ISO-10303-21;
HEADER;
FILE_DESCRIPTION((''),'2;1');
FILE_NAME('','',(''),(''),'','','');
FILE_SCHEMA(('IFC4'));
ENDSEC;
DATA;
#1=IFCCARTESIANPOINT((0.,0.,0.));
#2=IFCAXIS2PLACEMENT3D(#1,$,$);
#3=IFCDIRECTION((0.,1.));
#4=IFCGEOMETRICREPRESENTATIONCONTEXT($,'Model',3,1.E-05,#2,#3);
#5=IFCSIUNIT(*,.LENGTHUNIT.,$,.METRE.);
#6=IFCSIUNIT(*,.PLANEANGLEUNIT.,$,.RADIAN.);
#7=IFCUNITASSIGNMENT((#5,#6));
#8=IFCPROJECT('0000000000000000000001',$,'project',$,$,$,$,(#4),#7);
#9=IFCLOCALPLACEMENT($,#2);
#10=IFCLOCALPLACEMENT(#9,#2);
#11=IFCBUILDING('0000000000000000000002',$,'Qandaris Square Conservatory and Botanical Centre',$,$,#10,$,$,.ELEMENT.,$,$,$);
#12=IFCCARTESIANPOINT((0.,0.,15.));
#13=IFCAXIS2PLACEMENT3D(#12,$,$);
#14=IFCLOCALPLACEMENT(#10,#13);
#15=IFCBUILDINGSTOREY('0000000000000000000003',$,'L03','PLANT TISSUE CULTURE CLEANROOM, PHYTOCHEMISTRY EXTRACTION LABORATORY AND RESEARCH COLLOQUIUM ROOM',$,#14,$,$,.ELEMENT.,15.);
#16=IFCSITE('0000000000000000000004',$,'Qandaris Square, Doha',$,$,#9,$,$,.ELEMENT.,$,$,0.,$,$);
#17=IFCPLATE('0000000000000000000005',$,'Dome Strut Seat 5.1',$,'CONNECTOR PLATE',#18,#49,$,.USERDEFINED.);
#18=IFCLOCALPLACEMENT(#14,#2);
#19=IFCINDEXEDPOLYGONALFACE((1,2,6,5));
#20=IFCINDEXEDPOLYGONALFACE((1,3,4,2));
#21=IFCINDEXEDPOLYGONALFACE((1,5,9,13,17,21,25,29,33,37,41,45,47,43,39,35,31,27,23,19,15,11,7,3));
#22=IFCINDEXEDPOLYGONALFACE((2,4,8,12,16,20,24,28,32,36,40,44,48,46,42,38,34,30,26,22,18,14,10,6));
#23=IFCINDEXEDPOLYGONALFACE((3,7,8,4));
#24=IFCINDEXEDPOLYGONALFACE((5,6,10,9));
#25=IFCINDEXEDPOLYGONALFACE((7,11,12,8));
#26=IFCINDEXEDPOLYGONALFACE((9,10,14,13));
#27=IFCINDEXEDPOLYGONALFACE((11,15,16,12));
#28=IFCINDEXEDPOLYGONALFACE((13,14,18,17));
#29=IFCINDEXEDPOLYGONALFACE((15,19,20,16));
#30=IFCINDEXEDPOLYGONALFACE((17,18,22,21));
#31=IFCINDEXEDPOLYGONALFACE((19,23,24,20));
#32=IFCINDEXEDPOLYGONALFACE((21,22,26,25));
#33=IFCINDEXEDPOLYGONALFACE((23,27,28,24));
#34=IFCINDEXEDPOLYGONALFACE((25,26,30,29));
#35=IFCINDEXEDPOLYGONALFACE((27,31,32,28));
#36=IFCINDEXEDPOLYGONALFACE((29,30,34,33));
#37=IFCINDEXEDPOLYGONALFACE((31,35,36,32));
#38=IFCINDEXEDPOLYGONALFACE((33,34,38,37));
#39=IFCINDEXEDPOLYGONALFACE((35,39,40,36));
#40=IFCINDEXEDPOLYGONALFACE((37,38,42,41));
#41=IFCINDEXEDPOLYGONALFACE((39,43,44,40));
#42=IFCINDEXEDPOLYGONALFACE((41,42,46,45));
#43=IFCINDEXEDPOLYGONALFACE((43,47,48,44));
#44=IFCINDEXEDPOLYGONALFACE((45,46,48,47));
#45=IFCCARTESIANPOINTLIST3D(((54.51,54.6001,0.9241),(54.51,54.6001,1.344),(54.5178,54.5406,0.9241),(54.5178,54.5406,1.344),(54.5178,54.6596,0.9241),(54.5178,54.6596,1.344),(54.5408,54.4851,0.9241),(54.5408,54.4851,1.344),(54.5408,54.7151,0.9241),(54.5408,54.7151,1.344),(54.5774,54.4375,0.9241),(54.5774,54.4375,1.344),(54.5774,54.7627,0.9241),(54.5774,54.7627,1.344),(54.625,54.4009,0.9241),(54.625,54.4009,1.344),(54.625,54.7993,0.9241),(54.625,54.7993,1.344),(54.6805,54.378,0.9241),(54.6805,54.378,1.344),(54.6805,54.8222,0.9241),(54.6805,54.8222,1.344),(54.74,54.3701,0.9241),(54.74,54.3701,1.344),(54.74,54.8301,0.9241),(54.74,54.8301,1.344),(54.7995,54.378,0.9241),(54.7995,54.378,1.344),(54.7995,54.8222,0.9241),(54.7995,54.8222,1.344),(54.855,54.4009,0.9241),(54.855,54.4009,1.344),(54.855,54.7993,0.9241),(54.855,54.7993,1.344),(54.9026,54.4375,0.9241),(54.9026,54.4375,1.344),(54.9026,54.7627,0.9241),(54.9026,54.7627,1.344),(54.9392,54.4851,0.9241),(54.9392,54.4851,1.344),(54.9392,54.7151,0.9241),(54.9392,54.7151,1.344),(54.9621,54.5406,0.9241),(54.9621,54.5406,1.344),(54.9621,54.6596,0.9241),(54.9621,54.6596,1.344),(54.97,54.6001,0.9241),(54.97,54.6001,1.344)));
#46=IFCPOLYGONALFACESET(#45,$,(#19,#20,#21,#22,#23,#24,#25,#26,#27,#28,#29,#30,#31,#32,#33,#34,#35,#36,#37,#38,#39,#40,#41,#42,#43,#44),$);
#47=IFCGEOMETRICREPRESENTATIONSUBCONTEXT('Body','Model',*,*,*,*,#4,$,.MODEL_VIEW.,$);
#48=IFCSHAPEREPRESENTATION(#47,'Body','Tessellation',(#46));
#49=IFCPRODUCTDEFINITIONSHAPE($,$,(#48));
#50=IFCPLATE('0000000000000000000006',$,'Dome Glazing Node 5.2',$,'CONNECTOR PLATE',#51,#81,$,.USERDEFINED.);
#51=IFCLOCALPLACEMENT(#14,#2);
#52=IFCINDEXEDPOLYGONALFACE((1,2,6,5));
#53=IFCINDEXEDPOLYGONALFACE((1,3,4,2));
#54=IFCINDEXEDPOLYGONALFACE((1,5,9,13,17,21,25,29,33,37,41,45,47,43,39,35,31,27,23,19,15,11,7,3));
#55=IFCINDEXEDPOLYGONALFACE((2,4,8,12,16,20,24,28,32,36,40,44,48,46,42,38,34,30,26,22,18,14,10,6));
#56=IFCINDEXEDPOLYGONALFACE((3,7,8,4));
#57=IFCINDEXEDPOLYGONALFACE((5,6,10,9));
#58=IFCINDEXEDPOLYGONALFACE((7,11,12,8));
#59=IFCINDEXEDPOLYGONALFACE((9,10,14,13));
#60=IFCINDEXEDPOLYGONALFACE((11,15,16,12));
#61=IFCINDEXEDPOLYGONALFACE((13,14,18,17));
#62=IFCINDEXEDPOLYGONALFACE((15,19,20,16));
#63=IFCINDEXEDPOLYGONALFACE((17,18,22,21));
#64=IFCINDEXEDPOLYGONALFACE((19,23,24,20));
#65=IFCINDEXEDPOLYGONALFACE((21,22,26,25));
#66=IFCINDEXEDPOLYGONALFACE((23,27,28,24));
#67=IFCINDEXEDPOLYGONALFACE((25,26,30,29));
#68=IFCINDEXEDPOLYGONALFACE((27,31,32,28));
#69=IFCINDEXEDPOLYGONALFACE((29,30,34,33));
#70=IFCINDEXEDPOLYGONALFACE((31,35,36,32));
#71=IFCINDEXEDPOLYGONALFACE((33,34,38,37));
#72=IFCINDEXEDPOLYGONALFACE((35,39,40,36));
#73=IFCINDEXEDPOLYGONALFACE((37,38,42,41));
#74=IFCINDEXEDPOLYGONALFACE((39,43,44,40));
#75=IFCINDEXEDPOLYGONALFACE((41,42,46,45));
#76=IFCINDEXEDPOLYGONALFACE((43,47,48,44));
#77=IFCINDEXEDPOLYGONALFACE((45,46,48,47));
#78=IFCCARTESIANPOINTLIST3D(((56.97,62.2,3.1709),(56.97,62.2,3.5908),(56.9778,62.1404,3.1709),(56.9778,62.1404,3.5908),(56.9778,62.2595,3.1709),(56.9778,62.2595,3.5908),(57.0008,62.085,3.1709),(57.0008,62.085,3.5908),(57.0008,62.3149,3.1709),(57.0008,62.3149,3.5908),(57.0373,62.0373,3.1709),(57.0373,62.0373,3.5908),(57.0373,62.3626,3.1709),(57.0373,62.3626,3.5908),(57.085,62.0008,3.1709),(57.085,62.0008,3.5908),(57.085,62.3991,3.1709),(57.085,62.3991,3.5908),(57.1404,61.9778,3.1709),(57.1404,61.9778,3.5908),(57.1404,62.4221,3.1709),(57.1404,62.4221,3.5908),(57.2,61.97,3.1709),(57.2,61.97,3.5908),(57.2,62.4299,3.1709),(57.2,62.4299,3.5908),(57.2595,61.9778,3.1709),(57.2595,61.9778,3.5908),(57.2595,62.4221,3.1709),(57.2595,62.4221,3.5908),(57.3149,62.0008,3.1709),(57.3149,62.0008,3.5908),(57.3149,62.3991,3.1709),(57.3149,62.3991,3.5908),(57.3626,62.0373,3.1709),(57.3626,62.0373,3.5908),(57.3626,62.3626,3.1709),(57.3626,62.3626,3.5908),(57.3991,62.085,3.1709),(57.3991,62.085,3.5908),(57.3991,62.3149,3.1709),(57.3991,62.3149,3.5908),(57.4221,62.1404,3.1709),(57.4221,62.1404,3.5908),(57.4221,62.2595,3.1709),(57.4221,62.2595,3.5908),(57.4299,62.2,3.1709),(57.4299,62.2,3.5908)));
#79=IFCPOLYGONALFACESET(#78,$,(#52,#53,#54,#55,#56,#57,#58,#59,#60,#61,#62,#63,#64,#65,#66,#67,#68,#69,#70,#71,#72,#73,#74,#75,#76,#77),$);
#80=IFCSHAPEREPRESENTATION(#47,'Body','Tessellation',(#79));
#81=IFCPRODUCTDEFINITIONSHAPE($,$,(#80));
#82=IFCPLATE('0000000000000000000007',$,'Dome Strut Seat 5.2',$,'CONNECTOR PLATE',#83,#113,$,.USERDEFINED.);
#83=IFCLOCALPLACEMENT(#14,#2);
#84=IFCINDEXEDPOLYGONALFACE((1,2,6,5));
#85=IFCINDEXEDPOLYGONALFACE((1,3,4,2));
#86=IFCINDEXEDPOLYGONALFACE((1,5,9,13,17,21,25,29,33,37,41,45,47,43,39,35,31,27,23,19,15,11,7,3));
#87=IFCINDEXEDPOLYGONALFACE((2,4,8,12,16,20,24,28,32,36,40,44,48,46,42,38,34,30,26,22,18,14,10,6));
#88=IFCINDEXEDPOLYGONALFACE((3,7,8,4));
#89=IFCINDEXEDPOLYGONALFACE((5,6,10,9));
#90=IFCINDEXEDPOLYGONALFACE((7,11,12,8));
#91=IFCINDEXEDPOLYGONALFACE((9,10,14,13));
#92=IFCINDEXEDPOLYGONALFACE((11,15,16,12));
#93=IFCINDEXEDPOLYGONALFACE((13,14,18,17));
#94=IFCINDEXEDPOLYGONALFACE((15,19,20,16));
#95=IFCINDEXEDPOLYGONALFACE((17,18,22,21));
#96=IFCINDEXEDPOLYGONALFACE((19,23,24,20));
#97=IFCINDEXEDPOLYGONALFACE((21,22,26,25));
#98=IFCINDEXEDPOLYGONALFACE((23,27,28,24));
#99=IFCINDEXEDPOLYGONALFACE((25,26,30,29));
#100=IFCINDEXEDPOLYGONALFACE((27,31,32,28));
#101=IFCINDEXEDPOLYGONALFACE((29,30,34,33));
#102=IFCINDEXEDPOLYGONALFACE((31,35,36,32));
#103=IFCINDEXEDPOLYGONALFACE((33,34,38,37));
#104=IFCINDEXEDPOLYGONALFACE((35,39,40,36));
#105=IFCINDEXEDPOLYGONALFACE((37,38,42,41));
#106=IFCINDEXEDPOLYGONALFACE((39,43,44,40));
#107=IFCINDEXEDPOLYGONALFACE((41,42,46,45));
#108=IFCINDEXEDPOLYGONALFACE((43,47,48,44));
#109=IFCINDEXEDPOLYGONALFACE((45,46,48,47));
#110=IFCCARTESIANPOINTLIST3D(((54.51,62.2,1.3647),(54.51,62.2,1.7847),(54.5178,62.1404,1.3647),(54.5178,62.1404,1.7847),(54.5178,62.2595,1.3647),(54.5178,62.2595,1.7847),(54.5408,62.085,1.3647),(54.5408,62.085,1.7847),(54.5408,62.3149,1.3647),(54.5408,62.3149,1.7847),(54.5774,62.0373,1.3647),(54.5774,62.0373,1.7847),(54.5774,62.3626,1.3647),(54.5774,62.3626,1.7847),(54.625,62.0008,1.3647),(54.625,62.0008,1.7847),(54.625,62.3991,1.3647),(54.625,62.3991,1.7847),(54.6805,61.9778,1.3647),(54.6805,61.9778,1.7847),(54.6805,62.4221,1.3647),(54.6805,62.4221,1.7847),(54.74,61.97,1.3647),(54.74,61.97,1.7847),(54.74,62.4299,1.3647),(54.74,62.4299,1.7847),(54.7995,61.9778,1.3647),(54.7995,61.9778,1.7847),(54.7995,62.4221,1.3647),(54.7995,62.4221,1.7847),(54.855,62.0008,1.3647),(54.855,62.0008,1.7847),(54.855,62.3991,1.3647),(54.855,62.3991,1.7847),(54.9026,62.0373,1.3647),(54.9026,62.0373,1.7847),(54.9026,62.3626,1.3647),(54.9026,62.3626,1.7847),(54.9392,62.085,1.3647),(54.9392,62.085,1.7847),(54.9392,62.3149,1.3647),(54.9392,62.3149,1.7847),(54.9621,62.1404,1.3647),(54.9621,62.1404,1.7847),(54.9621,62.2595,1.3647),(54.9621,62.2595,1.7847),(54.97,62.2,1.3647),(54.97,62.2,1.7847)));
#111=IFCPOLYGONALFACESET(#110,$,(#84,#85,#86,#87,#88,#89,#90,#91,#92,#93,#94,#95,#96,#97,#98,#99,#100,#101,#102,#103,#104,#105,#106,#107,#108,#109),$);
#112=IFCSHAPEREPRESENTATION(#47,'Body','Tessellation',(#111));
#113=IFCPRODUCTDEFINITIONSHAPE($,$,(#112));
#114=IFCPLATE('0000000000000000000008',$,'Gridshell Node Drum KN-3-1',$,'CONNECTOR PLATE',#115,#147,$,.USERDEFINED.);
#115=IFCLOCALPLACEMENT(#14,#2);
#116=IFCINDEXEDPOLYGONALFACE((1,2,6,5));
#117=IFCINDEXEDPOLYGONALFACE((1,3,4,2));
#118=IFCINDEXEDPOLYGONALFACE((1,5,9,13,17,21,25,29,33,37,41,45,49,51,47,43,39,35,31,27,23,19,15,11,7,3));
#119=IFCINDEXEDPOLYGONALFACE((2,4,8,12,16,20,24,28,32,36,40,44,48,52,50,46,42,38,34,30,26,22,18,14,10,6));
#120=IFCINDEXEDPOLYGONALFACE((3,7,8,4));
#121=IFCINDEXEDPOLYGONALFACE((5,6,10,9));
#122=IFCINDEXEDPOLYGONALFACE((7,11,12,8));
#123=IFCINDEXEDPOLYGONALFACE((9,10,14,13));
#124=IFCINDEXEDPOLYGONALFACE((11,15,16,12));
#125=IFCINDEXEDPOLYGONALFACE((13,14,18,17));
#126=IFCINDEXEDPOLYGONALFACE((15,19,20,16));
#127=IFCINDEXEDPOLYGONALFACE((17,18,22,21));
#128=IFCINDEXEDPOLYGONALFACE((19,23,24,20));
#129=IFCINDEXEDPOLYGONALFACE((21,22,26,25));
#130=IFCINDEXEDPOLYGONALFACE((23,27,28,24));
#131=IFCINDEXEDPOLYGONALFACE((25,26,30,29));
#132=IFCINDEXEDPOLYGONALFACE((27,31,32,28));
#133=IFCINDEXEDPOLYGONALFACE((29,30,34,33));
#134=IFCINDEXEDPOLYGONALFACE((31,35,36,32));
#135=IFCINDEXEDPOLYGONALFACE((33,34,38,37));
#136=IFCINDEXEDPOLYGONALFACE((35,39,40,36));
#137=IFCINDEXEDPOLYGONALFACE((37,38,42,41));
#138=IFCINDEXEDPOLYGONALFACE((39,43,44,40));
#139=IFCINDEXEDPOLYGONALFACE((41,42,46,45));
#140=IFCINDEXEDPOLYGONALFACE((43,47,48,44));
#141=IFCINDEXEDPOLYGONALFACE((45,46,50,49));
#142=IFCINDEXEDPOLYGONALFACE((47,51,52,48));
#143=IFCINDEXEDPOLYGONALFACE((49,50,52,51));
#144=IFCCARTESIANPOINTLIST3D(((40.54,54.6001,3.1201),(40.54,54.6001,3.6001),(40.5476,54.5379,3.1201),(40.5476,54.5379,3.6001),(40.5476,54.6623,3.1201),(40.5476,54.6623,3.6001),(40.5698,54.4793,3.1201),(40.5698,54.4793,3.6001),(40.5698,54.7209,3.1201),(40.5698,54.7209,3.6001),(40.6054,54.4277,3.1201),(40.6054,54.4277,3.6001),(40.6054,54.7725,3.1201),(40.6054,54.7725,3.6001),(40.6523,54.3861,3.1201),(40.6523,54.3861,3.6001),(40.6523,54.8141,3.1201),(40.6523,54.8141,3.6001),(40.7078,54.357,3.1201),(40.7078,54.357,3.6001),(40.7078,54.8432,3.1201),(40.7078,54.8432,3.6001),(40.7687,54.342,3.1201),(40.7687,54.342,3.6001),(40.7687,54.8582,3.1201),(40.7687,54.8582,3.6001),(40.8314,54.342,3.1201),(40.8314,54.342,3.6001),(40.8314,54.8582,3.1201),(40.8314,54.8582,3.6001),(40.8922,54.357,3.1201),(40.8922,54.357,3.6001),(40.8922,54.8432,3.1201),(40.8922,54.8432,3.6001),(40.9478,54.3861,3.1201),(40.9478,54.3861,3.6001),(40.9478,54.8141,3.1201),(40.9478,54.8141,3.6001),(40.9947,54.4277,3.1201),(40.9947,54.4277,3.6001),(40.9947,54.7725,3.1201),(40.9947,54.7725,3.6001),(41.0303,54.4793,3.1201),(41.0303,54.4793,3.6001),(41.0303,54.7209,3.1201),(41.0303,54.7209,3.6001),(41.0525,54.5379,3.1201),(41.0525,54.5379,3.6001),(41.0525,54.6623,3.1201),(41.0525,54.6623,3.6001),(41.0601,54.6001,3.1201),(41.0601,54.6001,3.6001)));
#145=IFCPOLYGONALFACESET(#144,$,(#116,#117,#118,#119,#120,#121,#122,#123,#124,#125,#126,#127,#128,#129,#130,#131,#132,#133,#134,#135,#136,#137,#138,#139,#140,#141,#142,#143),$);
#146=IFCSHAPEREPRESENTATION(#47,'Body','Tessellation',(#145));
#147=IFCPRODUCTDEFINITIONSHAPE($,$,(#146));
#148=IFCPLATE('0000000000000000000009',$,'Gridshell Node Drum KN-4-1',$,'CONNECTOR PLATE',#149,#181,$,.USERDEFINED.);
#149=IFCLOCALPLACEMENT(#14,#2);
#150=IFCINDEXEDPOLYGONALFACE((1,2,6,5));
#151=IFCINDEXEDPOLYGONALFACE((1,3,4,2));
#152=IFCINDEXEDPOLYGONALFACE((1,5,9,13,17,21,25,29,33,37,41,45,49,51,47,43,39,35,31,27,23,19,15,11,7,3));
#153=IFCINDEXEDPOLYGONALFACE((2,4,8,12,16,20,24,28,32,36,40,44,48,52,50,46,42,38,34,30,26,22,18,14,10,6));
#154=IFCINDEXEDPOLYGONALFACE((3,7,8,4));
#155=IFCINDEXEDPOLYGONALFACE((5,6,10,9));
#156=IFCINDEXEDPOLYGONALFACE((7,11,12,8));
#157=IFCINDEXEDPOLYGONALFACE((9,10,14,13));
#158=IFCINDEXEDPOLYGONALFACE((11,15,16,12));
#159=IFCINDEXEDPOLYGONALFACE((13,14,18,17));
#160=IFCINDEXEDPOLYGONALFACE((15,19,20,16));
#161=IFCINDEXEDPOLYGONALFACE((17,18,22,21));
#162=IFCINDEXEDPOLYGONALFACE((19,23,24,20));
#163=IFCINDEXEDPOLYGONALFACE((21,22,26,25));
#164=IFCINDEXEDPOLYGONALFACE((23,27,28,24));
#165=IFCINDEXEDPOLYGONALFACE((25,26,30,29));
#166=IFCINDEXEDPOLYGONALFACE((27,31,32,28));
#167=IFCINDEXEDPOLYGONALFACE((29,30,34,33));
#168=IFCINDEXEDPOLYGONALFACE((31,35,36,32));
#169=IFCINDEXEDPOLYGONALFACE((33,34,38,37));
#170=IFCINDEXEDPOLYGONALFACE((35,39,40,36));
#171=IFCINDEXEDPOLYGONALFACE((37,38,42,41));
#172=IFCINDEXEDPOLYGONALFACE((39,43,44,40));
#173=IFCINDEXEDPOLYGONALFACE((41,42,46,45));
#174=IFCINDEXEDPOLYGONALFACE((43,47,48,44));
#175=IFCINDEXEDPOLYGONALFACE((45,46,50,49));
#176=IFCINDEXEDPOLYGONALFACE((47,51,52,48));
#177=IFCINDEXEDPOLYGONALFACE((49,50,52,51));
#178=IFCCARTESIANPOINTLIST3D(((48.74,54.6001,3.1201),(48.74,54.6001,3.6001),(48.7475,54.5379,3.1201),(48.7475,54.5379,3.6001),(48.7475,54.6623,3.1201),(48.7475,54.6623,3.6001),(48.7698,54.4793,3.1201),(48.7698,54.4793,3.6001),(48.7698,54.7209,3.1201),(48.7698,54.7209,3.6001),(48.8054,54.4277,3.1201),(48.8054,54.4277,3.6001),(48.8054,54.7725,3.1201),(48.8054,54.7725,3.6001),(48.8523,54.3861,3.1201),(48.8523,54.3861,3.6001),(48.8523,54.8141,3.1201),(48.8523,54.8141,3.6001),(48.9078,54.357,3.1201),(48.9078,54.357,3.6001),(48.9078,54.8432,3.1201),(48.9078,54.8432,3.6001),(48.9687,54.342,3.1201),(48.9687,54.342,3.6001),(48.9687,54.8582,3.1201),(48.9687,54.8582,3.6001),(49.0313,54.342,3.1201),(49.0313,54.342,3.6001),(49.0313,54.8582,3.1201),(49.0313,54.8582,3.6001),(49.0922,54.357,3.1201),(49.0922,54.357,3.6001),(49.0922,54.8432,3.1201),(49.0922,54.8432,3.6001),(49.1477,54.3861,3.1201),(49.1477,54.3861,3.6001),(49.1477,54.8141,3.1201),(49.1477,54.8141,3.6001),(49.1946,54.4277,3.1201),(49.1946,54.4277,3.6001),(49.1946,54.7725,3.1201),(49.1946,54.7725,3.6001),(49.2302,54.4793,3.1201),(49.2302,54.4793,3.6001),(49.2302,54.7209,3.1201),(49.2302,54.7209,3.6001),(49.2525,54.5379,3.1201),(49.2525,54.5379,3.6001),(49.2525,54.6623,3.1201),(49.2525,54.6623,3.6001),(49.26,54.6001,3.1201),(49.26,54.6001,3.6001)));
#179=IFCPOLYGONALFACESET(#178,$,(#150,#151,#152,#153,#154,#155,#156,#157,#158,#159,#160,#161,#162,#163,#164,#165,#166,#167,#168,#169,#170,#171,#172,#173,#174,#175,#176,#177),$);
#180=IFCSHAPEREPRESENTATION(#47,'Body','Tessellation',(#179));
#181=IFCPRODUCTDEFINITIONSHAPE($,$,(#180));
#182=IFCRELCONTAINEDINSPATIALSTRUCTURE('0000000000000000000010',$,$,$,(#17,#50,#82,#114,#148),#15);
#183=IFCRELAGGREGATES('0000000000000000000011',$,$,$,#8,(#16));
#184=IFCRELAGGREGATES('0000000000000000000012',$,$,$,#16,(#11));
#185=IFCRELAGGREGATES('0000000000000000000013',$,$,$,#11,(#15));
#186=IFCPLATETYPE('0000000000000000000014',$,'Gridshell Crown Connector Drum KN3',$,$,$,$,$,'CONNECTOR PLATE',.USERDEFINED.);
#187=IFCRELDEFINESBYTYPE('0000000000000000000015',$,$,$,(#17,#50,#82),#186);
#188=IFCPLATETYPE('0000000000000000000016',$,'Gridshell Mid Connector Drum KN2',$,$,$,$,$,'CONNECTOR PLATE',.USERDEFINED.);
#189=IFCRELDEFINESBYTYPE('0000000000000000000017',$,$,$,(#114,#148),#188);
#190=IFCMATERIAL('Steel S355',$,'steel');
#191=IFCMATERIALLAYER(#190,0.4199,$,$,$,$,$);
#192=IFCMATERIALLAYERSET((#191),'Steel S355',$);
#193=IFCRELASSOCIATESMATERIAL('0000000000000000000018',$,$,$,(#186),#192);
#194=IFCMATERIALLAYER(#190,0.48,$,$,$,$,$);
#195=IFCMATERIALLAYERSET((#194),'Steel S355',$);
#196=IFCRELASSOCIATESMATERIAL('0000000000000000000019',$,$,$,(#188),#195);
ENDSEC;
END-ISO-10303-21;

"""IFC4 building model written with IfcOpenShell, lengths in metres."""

from ifc_helpers import new_model, si_unit, direction, frame, origin, origin_2d, place, context, subcontext, project, spatial, circle, extrude, material, layer, layer_set, type_object, element, save


model = new_model("IFC4")

# Units and contexts
model_context = context("Model", 3, precision=1e-05, world=origin(), true_north=direction((0.0, 1.0)))
body_context = subcontext(model_context, "Body", "Model", "MODEL_VIEW")
ifc_project = project(units=[si_unit("LENGTHUNIT", "METRE"), si_unit("PLANEANGLEUNIT", "RADIAN")], contexts=[model_context])

# Site, building, storey
site_placement = place(None, origin())
site = spatial("IfcSite", under=ifc_project, at=site_placement, Name="Qandaris Square, Doha", CompositionType="ELEMENT", RefElevation=0.0)
building_placement = place(site_placement, origin())
building = spatial("IfcBuilding", under=site, at=building_placement, Name="Qandaris Square Conservatory and Botanical Centre", CompositionType="ELEMENT")
storey_placement = place(building_placement, frame((0.0, 0.0, 15.0)))
storey = spatial("IfcBuildingStorey", under=building, at=storey_placement, Name="L03", Description="PLANT TISSUE CULTURE CLEANROOM, PHYTOCHEMISTRY EXTRACTION LABORATORY AND RESEARCH COLLOQUIUM ROOM", CompositionType="ELEMENT", Elevation=15.0)

# Shared definitions
ifc_material_1 = material(Name="Steel S355", Category="steel")

# Plates
ifc_layer_1 = layer(ifc_material_1, 0.4199)
ifc_layer_set_1 = layer_set([ifc_layer_1], Name="Steel S355")
plate_type_1 = type_object("IfcPlateType", Name="Gridshell Crown Connector Drum KN3", ElementType="CONNECTOR PLATE", PredefinedType="USERDEFINED", material=ifc_layer_set_1)
for number, where, z_axis, x_axis, name in (
    (1, (54.74, 54.6001, 0.9241), (0.0, 0.0, 1.0), (1.0, 0.0, 0.0), "Dome Strut Seat 5.1"),
    (2, (57.2, 62.2, 3.1709), (0.0, 0.0, 1.0), (1.0, 0.0, 0.0), "Dome Glazing Node 5.2"),
    (3, (54.74, 62.2, 1.3647), (0.0, 0.0, 1.0), (1.0, 0.0, 0.0), "Dome Strut Seat 5.2"),
):
    element("IfcPlate", number, at=place(storey_placement, frame(where, z_axis=z_axis, x_axis=x_axis)), inside=storey, type_object=plate_type_1, Name=name, ObjectType="CONNECTOR PLATE", PredefinedType="USERDEFINED", context=body_context, shape_type="SweptSolid", body=[
        extrude(circle(Radius=0.23, at=origin_2d()), origin(), (0.0, 0.0, 1.0), 0.4199),
    ])
ifc_layer_2 = layer(ifc_material_1, 0.48)
ifc_layer_set_2 = layer_set([ifc_layer_2], Name="Steel S355")
plate_type_2 = type_object("IfcPlateType", Name="Gridshell Mid Connector Drum KN2", ElementType="CONNECTOR PLATE", PredefinedType="USERDEFINED", material=ifc_layer_set_2)
for number, where, z_axis, x_axis, name in (
    (4, (40.8, 54.6001, 3.1201), (0.0, 0.0, 1.0), (1.0, 0.0, 0.0), "Gridshell Node Drum KN-3-1"),
    (5, (49.0, 54.6001, 3.1201), (0.0, 0.0, 1.0), (1.0, 0.0, 0.0), "Gridshell Node Drum KN-4-1"),
):
    element("IfcPlate", number, at=place(storey_placement, frame(where, z_axis=z_axis, x_axis=x_axis)), inside=storey, type_object=plate_type_2, Name=name, ObjectType="CONNECTOR PLATE", PredefinedType="USERDEFINED", context=body_context, shape_type="SweptSolid", body=[
        extrude(circle(Radius=0.26, at=origin_2d()), origin(), (0.0, 0.0, 1.0), 0.48),
    ])

save(model, "model.ifc")
